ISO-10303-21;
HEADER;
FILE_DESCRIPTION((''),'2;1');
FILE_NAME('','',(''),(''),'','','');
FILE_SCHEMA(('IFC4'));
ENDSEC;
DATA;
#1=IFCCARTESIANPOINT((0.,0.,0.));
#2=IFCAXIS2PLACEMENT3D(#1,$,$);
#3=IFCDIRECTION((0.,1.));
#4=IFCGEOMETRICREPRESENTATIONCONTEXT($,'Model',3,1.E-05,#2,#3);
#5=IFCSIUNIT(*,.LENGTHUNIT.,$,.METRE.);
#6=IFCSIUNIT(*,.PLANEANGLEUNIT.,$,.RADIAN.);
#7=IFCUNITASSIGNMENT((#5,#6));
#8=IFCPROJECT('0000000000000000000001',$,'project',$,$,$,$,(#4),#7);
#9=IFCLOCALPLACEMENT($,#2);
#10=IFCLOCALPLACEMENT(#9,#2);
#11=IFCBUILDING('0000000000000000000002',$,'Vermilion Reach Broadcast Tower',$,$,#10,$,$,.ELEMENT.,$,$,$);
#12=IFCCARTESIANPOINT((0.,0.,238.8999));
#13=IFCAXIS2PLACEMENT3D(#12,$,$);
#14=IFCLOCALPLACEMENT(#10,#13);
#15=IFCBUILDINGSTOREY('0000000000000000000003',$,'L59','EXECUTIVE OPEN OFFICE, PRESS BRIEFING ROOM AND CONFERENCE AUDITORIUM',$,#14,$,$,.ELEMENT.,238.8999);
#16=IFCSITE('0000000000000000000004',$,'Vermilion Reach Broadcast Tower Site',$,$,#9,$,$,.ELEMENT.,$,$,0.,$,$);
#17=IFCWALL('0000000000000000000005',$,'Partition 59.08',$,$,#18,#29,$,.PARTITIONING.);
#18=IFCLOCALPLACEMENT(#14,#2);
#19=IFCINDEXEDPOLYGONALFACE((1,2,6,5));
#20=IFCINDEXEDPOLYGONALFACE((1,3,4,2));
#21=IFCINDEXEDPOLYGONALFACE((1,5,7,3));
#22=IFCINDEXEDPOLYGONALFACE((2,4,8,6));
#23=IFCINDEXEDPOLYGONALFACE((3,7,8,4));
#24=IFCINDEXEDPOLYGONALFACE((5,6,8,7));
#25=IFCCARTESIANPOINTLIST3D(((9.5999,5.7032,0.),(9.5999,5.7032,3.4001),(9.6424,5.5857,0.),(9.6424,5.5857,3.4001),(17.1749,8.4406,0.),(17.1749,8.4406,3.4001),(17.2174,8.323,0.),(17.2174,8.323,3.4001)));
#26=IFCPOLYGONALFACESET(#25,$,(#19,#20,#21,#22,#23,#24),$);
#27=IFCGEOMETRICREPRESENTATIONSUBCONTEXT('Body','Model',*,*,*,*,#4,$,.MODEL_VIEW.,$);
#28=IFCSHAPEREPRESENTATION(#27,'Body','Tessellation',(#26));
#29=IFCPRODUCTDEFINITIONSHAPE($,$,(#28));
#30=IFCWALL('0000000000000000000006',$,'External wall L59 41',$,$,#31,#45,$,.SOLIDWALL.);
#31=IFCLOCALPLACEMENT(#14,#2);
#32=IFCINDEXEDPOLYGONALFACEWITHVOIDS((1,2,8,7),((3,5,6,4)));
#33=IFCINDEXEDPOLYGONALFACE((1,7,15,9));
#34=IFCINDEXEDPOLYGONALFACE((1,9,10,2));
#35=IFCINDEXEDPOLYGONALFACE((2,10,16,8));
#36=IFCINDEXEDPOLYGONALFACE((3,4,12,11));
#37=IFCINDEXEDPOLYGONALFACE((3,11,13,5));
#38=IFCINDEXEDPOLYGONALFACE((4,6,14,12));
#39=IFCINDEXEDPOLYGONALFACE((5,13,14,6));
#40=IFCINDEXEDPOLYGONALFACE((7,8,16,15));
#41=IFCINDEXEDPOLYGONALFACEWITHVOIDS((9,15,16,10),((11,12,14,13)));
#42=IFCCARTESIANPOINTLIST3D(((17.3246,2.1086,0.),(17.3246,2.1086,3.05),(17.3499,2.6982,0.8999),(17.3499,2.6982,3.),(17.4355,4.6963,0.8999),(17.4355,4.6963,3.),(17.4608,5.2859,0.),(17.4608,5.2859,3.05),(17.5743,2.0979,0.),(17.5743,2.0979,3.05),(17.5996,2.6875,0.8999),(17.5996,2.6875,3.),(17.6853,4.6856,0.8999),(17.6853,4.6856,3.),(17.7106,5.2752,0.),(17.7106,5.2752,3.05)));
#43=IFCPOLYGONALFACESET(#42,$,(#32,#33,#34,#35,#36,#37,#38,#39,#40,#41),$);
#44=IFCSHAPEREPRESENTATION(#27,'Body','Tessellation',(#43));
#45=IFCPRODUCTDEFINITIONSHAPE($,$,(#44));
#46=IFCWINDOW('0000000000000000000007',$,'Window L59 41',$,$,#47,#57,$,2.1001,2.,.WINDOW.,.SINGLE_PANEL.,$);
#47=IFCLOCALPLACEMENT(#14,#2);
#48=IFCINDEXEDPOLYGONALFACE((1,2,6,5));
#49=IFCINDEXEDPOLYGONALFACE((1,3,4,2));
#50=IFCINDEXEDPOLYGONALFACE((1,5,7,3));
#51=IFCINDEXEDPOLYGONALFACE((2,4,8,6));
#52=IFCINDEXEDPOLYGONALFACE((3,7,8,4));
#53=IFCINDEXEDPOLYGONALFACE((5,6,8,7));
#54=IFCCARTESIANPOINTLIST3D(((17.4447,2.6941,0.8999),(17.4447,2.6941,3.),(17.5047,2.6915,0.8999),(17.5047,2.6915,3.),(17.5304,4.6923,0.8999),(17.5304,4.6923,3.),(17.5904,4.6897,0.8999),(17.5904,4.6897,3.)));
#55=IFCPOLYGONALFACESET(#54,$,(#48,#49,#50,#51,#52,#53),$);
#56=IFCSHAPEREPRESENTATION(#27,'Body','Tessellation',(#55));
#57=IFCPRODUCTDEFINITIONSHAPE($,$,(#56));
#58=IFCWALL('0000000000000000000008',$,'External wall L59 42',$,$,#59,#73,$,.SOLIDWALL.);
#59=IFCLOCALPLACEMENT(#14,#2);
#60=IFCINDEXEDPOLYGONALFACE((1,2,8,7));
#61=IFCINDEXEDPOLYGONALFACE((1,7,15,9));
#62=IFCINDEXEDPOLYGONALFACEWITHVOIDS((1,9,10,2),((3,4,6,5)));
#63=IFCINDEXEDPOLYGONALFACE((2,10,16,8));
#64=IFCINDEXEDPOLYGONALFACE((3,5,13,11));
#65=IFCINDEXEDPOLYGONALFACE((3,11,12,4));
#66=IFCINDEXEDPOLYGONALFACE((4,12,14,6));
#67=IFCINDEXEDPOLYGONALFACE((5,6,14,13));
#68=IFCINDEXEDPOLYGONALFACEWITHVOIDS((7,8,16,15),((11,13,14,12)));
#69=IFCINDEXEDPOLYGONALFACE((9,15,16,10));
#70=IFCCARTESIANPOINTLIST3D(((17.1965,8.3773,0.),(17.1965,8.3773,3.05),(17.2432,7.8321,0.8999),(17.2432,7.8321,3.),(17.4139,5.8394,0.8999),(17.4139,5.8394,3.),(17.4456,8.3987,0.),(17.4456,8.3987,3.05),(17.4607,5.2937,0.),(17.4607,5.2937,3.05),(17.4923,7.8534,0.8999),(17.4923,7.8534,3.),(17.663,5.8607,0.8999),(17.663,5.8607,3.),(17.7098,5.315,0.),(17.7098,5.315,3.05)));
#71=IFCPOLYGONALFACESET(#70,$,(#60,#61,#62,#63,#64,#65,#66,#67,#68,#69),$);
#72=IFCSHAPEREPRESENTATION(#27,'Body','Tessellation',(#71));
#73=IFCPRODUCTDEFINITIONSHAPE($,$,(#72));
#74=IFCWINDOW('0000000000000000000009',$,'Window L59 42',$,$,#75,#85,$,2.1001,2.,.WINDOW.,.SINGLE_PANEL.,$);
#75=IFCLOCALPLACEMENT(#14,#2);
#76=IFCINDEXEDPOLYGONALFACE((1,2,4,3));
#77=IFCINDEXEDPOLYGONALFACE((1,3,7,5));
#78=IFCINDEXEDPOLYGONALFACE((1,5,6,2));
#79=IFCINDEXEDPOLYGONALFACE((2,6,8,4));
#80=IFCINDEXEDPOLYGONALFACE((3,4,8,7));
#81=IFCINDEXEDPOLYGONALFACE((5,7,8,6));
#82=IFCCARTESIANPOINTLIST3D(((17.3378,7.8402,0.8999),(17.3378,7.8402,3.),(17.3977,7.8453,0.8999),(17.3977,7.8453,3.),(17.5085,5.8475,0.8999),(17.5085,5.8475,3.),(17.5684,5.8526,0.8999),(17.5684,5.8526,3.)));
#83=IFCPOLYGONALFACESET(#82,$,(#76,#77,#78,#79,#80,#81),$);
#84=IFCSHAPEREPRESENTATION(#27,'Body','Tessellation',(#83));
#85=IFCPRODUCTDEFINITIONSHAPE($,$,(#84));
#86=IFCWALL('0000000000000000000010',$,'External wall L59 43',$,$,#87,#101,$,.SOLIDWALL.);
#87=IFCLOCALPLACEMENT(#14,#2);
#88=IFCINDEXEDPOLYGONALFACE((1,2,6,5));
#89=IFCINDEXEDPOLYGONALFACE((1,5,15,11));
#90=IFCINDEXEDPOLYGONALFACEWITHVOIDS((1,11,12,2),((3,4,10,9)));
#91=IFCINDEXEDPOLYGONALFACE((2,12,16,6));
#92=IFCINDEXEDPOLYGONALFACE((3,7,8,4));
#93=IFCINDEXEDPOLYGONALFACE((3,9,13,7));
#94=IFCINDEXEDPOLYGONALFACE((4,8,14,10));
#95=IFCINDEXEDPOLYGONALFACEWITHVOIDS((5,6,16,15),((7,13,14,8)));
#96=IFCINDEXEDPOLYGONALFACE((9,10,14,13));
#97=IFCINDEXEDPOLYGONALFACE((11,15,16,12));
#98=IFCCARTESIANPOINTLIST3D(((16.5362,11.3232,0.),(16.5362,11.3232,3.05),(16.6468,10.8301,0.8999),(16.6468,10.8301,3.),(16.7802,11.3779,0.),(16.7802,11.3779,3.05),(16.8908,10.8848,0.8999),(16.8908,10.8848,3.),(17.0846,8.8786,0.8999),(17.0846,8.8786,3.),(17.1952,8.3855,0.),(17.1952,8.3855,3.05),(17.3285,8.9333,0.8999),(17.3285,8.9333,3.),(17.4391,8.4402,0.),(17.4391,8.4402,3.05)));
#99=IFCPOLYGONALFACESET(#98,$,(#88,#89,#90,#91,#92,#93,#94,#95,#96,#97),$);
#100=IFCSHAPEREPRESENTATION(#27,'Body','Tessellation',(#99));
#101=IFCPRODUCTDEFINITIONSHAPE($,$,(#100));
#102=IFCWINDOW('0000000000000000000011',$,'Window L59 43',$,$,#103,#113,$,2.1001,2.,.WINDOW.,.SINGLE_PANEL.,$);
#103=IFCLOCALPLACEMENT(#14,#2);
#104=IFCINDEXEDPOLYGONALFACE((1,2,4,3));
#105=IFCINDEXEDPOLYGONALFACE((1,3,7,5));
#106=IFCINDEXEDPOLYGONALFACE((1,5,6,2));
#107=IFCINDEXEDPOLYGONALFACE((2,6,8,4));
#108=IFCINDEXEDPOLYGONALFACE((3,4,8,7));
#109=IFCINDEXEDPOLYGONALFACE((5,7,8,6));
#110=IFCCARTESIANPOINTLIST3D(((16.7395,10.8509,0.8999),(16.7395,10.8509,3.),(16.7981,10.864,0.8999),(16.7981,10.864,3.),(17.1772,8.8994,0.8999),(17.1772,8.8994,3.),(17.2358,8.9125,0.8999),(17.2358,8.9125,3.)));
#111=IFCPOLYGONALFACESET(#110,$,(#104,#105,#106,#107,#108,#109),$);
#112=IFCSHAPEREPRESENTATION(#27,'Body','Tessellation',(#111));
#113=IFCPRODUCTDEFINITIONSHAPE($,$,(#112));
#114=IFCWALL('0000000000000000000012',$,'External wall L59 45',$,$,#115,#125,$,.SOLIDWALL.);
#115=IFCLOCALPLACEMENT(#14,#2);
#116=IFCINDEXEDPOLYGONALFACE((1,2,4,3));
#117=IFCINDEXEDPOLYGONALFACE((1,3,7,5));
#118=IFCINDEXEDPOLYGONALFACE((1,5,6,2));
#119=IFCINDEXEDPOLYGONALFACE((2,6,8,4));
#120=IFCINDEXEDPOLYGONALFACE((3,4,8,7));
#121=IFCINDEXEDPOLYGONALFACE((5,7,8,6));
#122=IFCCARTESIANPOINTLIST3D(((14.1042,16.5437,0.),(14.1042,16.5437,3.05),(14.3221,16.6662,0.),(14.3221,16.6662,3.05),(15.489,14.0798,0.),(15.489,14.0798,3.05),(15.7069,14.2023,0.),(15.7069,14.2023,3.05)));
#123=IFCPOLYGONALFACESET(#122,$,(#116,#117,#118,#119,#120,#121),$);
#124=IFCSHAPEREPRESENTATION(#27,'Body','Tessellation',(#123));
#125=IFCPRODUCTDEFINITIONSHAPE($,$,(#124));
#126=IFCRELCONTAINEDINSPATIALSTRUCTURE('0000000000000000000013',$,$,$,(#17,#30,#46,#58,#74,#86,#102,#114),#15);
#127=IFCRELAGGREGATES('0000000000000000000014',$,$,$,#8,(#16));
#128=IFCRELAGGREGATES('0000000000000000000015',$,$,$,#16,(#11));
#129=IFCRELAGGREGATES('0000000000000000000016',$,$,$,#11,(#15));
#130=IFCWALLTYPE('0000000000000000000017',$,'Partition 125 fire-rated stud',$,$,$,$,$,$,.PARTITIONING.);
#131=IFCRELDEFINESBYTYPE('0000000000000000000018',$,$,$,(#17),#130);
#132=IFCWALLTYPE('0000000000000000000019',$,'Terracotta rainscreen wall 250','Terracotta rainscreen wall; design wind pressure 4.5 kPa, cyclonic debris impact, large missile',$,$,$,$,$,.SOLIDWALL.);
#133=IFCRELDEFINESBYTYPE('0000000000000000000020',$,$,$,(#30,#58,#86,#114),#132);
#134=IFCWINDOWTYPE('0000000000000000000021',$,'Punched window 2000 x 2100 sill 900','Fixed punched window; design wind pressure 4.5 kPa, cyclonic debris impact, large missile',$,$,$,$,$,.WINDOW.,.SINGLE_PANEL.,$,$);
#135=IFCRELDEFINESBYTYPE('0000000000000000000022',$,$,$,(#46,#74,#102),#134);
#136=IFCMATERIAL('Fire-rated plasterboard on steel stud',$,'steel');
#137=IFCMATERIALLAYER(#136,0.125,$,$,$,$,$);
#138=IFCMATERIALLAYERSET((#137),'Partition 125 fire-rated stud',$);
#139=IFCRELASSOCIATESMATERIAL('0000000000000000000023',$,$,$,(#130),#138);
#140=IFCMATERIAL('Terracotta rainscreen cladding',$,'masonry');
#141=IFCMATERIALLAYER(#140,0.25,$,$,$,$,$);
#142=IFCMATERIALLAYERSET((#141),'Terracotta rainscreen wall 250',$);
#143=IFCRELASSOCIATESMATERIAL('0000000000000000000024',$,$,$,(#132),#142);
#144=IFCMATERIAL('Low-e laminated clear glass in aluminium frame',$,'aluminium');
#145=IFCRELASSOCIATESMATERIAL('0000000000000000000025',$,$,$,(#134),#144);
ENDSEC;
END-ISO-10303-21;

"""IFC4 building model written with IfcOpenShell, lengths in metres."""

from ifc_helpers import new_model, si_unit, direction, frame, frame_2d, origin, place, context, subcontext, project, spatial, rectangle, extrude, material, layer, layer_set, type_object, element, fill, save


model = new_model("IFC4")

# Units and contexts
model_context = context("Model", 3, precision=1e-05, world=origin(), true_north=direction((0.0, 1.0)))
body_context = subcontext(model_context, "Body", "Model", "MODEL_VIEW")
ifc_project = project(units=[si_unit("LENGTHUNIT", "METRE"), si_unit("PLANEANGLEUNIT", "RADIAN")], contexts=[model_context])

# Site, building, storey
site_placement = place(None, origin())
site = spatial("IfcSite", under=ifc_project, at=site_placement, Name="Vermilion Reach Broadcast Tower Site", CompositionType="ELEMENT", RefElevation=0.0)
building_placement = place(site_placement, origin())
building = spatial("IfcBuilding", under=site, at=building_placement, Name="Vermilion Reach Broadcast Tower", CompositionType="ELEMENT")
storey_placement = place(building_placement, frame((0.0, 0.0, 238.8999)))
storey = spatial("IfcBuildingStorey", under=building, at=storey_placement, Name="L59", Description="EXECUTIVE OPEN OFFICE, PRESS BRIEFING ROOM AND CONFERENCE AUDITORIUM", CompositionType="ELEMENT", Elevation=238.8999)

# Wall
ifc_material_1 = material(Name="Fire-rated plasterboard on steel stud", Category="steel")
ifc_layer_1 = layer(ifc_material_1, 0.125)
ifc_layer_set_1 = layer_set([ifc_layer_1], Name="Partition 125 fire-rated stud")
wall_type_1 = type_object("IfcWallType", Name="Partition 125 fire-rated stud", PredefinedType="PARTITIONING", material=ifc_layer_set_1)
wall_1_placement = place(storey_placement, frame((17.1963, 8.3818, 0.0), z_axis=(0.0, 0.0, 1.0), x_axis=(-0.940478, -0.339854, 0.0)))
element("IfcWall", 1, at=wall_1_placement, inside=storey, type_object=wall_type_1, Name="Partition 59.08", PredefinedType="PARTITIONING", context=body_context, shape_type="SweptSolid", body=[
    extrude(rectangle(XDim=8.0544, YDim=0.125, at=frame_2d((4.0273, 0.0))), origin(), (0.0, 0.0, 1.0), 3.4001),
])

# Walls, openings, windows
ifc_material_2 = material(Name="Terracotta rainscreen cladding", Category="masonry")
ifc_layer_2 = layer(ifc_material_2, 0.25)
ifc_layer_set_2 = layer_set([ifc_layer_2], Name="Terracotta rainscreen wall 250")
wall_type_2 = type_object("IfcWallType", Name="Terracotta rainscreen wall 250", Description="Terracotta rainscreen wall; design wind pressure 4.5 kPa, cyclonic debris impact, large missile", PredefinedType="SOLIDWALL", material=ifc_layer_set_2)
wall_2_placement = place(storey_placement, frame((17.4495, 2.1033, 0.0), z_axis=(0.0, 0.0, 1.0), x_axis=(0.042838, 0.999082, 0.0)))
wall_2 = element("IfcWall", 2, at=wall_2_placement, inside=storey, type_object=wall_type_2, Name="External wall L59 41", PredefinedType="SOLIDWALL", context=body_context, shape_type="SweptSolid", body=[
    extrude(rectangle(XDim=3.1802, YDim=0.25, at=frame_2d((1.5901, 0.0))), origin(), (0.0, 0.0, 1.0), 3.05),
])
opening_1_placement = place(wall_2_placement, frame((0.5901, 0.0, 0.8999)))
opening_1 = element("IfcOpeningElement", 3, at=opening_1_placement, cuts=wall_2, PredefinedType="OPENING", context=body_context, shape_type="SweptSolid", body=[
    extrude(rectangle(XDim=2.0, YDim=2.1001, at=frame_2d((1.0, 1.05))), frame((0.0, 0.135, 0.0), z_axis=(0.0, -1.0, 0.0), x_axis=(1.0, 0.0, 0.0)), (0.0, 0.0, 1.0), 0.27),
])
ifc_material_3 = material(Name="Low-e laminated clear glass in aluminium frame", Category="aluminium")
window_type = type_object("IfcWindowType", Name="Punched window 2000 x 2100 sill 900", Description="Fixed punched window; design wind pressure 4.5 kPa, cyclonic debris impact, large missile", PartitioningType="SINGLE_PANEL", PredefinedType="WINDOW", material=ifc_material_3)
window_1_placement = place(opening_1_placement, origin())
window_1 = element("IfcWindow", 4, at=window_1_placement, inside=storey, type_object=window_type, Name="Window L59 41", OverallHeight=2.1001, OverallWidth=2.0, PartitioningType="SINGLE_PANEL", PredefinedType="WINDOW", context=body_context, shape_type="SweptSolid", body=[
    extrude(rectangle(XDim=2.0, YDim=2.1001, at=frame_2d((1.0, 1.05))), frame((0.0, 0.03, 0.0), z_axis=(0.0, -1.0, 0.0), x_axis=(1.0, 0.0, 0.0)), (0.0, 0.0, 1.0), 0.0601),
])
fill(opening_1, window_1)
wall_3_placement = place(storey_placement, frame((17.5852, 5.3044, 0.0), z_axis=(0.0, 0.0, 1.0), x_axis=(-0.08535, 0.996351, 0.0)))
wall_3 = element("IfcWall", 5, at=wall_3_placement, inside=storey, type_object=wall_type_2, Name="External wall L59 42", PredefinedType="SOLIDWALL", context=body_context, shape_type="SweptSolid", body=[
    extrude(rectangle(XDim=3.095, YDim=0.25, at=frame_2d((1.5474, 0.0))), origin(), (0.0, 0.0, 1.0), 3.05),
])
opening_2_placement = place(wall_3_placement, frame((0.5476, 0.0, 0.8999)))
opening_2 = element("IfcOpeningElement", 6, at=opening_2_placement, cuts=wall_3, PredefinedType="OPENING", context=body_context, shape_type="SweptSolid", body=[
    extrude(rectangle(XDim=2.0, YDim=2.1001, at=frame_2d((1.0, 1.05))), frame((0.0, 0.135, 0.0), z_axis=(0.0, -1.0, 0.0), x_axis=(1.0, 0.0, 0.0)), (0.0, 0.0, 1.0), 0.27),
])
window_2_placement = place(opening_2_placement, origin())
window_2 = element("IfcWindow", 7, at=window_2_placement, inside=storey, type_object=window_type, Name="Window L59 42", OverallHeight=2.1001, OverallWidth=2.0, PartitioningType="SINGLE_PANEL", PredefinedType="WINDOW", context=body_context, shape_type="SweptSolid", body=[
    extrude(rectangle(XDim=2.0, YDim=2.1001, at=frame_2d((1.0, 1.05))), frame((0.0, 0.03, 0.0), z_axis=(0.0, -1.0, 0.0), x_axis=(1.0, 0.0, 0.0)), (0.0, 0.0, 1.0), 0.0601),
])
fill(opening_2, window_2)
wall_4_placement = place(storey_placement, frame((17.3171, 8.4128, 0.0), z_axis=(0.0, 0.0, 1.0), x_axis=(-0.218862, 0.975756, 0.0)))
wall_4 = element("IfcWall", 8, at=wall_4_placement, inside=storey, type_object=wall_type_2, Name="External wall L59 43", PredefinedType="SOLIDWALL", context=body_context, shape_type="SweptSolid", body=[
    extrude(rectangle(XDim=3.0107, YDim=0.25, at=frame_2d((1.5054, 0.0))), origin(), (0.0, 0.0, 1.0), 3.05),
])
opening_3_placement = place(wall_4_placement, frame((0.5054, 0.0, 0.8999)))
opening_3 = element("IfcOpeningElement", 9, at=opening_3_placement, cuts=wall_4, PredefinedType="OPENING", context=body_context, shape_type="SweptSolid", body=[
    extrude(rectangle(XDim=2.0, YDim=2.1001, at=frame_2d((1.0, 1.05))), frame((0.0, 0.135, 0.0), z_axis=(0.0, -1.0, 0.0), x_axis=(1.0, 0.0, 0.0)), (0.0, 0.0, 1.0), 0.27),
])
window_3_placement = place(opening_3_placement, origin())
window_3 = element("IfcWindow", 10, at=window_3_placement, inside=storey, type_object=window_type, Name="Window L59 43", OverallHeight=2.1001, OverallWidth=2.0, PartitioningType="SINGLE_PANEL", PredefinedType="WINDOW", context=body_context, shape_type="SweptSolid", body=[
    extrude(rectangle(XDim=2.0, YDim=2.1001, at=frame_2d((1.0, 1.05))), frame((0.0, 0.03, 0.0), z_axis=(0.0, -1.0, 0.0), x_axis=(1.0, 0.0, 0.0)), (0.0, 0.0, 1.0), 0.0601),
])
fill(opening_3, window_3)

# Wall
wall_5_placement = place(storey_placement, frame((15.5979, 14.1411, 0.0), z_axis=(0.0, 0.0, 1.0), x_axis=(-0.48995, 0.871751, 0.0)))
element("IfcWall", 11, at=wall_5_placement, inside=storey, type_object=wall_type_2, Name="External wall L59 45", PredefinedType="SOLIDWALL", context=body_context, shape_type="SweptSolid", body=[
    extrude(rectangle(XDim=2.8264, YDim=0.25, at=frame_2d((1.4131, 0.0))), origin(), (0.0, 0.0, 1.0), 3.05),
])

save(model, "model.ifc")
